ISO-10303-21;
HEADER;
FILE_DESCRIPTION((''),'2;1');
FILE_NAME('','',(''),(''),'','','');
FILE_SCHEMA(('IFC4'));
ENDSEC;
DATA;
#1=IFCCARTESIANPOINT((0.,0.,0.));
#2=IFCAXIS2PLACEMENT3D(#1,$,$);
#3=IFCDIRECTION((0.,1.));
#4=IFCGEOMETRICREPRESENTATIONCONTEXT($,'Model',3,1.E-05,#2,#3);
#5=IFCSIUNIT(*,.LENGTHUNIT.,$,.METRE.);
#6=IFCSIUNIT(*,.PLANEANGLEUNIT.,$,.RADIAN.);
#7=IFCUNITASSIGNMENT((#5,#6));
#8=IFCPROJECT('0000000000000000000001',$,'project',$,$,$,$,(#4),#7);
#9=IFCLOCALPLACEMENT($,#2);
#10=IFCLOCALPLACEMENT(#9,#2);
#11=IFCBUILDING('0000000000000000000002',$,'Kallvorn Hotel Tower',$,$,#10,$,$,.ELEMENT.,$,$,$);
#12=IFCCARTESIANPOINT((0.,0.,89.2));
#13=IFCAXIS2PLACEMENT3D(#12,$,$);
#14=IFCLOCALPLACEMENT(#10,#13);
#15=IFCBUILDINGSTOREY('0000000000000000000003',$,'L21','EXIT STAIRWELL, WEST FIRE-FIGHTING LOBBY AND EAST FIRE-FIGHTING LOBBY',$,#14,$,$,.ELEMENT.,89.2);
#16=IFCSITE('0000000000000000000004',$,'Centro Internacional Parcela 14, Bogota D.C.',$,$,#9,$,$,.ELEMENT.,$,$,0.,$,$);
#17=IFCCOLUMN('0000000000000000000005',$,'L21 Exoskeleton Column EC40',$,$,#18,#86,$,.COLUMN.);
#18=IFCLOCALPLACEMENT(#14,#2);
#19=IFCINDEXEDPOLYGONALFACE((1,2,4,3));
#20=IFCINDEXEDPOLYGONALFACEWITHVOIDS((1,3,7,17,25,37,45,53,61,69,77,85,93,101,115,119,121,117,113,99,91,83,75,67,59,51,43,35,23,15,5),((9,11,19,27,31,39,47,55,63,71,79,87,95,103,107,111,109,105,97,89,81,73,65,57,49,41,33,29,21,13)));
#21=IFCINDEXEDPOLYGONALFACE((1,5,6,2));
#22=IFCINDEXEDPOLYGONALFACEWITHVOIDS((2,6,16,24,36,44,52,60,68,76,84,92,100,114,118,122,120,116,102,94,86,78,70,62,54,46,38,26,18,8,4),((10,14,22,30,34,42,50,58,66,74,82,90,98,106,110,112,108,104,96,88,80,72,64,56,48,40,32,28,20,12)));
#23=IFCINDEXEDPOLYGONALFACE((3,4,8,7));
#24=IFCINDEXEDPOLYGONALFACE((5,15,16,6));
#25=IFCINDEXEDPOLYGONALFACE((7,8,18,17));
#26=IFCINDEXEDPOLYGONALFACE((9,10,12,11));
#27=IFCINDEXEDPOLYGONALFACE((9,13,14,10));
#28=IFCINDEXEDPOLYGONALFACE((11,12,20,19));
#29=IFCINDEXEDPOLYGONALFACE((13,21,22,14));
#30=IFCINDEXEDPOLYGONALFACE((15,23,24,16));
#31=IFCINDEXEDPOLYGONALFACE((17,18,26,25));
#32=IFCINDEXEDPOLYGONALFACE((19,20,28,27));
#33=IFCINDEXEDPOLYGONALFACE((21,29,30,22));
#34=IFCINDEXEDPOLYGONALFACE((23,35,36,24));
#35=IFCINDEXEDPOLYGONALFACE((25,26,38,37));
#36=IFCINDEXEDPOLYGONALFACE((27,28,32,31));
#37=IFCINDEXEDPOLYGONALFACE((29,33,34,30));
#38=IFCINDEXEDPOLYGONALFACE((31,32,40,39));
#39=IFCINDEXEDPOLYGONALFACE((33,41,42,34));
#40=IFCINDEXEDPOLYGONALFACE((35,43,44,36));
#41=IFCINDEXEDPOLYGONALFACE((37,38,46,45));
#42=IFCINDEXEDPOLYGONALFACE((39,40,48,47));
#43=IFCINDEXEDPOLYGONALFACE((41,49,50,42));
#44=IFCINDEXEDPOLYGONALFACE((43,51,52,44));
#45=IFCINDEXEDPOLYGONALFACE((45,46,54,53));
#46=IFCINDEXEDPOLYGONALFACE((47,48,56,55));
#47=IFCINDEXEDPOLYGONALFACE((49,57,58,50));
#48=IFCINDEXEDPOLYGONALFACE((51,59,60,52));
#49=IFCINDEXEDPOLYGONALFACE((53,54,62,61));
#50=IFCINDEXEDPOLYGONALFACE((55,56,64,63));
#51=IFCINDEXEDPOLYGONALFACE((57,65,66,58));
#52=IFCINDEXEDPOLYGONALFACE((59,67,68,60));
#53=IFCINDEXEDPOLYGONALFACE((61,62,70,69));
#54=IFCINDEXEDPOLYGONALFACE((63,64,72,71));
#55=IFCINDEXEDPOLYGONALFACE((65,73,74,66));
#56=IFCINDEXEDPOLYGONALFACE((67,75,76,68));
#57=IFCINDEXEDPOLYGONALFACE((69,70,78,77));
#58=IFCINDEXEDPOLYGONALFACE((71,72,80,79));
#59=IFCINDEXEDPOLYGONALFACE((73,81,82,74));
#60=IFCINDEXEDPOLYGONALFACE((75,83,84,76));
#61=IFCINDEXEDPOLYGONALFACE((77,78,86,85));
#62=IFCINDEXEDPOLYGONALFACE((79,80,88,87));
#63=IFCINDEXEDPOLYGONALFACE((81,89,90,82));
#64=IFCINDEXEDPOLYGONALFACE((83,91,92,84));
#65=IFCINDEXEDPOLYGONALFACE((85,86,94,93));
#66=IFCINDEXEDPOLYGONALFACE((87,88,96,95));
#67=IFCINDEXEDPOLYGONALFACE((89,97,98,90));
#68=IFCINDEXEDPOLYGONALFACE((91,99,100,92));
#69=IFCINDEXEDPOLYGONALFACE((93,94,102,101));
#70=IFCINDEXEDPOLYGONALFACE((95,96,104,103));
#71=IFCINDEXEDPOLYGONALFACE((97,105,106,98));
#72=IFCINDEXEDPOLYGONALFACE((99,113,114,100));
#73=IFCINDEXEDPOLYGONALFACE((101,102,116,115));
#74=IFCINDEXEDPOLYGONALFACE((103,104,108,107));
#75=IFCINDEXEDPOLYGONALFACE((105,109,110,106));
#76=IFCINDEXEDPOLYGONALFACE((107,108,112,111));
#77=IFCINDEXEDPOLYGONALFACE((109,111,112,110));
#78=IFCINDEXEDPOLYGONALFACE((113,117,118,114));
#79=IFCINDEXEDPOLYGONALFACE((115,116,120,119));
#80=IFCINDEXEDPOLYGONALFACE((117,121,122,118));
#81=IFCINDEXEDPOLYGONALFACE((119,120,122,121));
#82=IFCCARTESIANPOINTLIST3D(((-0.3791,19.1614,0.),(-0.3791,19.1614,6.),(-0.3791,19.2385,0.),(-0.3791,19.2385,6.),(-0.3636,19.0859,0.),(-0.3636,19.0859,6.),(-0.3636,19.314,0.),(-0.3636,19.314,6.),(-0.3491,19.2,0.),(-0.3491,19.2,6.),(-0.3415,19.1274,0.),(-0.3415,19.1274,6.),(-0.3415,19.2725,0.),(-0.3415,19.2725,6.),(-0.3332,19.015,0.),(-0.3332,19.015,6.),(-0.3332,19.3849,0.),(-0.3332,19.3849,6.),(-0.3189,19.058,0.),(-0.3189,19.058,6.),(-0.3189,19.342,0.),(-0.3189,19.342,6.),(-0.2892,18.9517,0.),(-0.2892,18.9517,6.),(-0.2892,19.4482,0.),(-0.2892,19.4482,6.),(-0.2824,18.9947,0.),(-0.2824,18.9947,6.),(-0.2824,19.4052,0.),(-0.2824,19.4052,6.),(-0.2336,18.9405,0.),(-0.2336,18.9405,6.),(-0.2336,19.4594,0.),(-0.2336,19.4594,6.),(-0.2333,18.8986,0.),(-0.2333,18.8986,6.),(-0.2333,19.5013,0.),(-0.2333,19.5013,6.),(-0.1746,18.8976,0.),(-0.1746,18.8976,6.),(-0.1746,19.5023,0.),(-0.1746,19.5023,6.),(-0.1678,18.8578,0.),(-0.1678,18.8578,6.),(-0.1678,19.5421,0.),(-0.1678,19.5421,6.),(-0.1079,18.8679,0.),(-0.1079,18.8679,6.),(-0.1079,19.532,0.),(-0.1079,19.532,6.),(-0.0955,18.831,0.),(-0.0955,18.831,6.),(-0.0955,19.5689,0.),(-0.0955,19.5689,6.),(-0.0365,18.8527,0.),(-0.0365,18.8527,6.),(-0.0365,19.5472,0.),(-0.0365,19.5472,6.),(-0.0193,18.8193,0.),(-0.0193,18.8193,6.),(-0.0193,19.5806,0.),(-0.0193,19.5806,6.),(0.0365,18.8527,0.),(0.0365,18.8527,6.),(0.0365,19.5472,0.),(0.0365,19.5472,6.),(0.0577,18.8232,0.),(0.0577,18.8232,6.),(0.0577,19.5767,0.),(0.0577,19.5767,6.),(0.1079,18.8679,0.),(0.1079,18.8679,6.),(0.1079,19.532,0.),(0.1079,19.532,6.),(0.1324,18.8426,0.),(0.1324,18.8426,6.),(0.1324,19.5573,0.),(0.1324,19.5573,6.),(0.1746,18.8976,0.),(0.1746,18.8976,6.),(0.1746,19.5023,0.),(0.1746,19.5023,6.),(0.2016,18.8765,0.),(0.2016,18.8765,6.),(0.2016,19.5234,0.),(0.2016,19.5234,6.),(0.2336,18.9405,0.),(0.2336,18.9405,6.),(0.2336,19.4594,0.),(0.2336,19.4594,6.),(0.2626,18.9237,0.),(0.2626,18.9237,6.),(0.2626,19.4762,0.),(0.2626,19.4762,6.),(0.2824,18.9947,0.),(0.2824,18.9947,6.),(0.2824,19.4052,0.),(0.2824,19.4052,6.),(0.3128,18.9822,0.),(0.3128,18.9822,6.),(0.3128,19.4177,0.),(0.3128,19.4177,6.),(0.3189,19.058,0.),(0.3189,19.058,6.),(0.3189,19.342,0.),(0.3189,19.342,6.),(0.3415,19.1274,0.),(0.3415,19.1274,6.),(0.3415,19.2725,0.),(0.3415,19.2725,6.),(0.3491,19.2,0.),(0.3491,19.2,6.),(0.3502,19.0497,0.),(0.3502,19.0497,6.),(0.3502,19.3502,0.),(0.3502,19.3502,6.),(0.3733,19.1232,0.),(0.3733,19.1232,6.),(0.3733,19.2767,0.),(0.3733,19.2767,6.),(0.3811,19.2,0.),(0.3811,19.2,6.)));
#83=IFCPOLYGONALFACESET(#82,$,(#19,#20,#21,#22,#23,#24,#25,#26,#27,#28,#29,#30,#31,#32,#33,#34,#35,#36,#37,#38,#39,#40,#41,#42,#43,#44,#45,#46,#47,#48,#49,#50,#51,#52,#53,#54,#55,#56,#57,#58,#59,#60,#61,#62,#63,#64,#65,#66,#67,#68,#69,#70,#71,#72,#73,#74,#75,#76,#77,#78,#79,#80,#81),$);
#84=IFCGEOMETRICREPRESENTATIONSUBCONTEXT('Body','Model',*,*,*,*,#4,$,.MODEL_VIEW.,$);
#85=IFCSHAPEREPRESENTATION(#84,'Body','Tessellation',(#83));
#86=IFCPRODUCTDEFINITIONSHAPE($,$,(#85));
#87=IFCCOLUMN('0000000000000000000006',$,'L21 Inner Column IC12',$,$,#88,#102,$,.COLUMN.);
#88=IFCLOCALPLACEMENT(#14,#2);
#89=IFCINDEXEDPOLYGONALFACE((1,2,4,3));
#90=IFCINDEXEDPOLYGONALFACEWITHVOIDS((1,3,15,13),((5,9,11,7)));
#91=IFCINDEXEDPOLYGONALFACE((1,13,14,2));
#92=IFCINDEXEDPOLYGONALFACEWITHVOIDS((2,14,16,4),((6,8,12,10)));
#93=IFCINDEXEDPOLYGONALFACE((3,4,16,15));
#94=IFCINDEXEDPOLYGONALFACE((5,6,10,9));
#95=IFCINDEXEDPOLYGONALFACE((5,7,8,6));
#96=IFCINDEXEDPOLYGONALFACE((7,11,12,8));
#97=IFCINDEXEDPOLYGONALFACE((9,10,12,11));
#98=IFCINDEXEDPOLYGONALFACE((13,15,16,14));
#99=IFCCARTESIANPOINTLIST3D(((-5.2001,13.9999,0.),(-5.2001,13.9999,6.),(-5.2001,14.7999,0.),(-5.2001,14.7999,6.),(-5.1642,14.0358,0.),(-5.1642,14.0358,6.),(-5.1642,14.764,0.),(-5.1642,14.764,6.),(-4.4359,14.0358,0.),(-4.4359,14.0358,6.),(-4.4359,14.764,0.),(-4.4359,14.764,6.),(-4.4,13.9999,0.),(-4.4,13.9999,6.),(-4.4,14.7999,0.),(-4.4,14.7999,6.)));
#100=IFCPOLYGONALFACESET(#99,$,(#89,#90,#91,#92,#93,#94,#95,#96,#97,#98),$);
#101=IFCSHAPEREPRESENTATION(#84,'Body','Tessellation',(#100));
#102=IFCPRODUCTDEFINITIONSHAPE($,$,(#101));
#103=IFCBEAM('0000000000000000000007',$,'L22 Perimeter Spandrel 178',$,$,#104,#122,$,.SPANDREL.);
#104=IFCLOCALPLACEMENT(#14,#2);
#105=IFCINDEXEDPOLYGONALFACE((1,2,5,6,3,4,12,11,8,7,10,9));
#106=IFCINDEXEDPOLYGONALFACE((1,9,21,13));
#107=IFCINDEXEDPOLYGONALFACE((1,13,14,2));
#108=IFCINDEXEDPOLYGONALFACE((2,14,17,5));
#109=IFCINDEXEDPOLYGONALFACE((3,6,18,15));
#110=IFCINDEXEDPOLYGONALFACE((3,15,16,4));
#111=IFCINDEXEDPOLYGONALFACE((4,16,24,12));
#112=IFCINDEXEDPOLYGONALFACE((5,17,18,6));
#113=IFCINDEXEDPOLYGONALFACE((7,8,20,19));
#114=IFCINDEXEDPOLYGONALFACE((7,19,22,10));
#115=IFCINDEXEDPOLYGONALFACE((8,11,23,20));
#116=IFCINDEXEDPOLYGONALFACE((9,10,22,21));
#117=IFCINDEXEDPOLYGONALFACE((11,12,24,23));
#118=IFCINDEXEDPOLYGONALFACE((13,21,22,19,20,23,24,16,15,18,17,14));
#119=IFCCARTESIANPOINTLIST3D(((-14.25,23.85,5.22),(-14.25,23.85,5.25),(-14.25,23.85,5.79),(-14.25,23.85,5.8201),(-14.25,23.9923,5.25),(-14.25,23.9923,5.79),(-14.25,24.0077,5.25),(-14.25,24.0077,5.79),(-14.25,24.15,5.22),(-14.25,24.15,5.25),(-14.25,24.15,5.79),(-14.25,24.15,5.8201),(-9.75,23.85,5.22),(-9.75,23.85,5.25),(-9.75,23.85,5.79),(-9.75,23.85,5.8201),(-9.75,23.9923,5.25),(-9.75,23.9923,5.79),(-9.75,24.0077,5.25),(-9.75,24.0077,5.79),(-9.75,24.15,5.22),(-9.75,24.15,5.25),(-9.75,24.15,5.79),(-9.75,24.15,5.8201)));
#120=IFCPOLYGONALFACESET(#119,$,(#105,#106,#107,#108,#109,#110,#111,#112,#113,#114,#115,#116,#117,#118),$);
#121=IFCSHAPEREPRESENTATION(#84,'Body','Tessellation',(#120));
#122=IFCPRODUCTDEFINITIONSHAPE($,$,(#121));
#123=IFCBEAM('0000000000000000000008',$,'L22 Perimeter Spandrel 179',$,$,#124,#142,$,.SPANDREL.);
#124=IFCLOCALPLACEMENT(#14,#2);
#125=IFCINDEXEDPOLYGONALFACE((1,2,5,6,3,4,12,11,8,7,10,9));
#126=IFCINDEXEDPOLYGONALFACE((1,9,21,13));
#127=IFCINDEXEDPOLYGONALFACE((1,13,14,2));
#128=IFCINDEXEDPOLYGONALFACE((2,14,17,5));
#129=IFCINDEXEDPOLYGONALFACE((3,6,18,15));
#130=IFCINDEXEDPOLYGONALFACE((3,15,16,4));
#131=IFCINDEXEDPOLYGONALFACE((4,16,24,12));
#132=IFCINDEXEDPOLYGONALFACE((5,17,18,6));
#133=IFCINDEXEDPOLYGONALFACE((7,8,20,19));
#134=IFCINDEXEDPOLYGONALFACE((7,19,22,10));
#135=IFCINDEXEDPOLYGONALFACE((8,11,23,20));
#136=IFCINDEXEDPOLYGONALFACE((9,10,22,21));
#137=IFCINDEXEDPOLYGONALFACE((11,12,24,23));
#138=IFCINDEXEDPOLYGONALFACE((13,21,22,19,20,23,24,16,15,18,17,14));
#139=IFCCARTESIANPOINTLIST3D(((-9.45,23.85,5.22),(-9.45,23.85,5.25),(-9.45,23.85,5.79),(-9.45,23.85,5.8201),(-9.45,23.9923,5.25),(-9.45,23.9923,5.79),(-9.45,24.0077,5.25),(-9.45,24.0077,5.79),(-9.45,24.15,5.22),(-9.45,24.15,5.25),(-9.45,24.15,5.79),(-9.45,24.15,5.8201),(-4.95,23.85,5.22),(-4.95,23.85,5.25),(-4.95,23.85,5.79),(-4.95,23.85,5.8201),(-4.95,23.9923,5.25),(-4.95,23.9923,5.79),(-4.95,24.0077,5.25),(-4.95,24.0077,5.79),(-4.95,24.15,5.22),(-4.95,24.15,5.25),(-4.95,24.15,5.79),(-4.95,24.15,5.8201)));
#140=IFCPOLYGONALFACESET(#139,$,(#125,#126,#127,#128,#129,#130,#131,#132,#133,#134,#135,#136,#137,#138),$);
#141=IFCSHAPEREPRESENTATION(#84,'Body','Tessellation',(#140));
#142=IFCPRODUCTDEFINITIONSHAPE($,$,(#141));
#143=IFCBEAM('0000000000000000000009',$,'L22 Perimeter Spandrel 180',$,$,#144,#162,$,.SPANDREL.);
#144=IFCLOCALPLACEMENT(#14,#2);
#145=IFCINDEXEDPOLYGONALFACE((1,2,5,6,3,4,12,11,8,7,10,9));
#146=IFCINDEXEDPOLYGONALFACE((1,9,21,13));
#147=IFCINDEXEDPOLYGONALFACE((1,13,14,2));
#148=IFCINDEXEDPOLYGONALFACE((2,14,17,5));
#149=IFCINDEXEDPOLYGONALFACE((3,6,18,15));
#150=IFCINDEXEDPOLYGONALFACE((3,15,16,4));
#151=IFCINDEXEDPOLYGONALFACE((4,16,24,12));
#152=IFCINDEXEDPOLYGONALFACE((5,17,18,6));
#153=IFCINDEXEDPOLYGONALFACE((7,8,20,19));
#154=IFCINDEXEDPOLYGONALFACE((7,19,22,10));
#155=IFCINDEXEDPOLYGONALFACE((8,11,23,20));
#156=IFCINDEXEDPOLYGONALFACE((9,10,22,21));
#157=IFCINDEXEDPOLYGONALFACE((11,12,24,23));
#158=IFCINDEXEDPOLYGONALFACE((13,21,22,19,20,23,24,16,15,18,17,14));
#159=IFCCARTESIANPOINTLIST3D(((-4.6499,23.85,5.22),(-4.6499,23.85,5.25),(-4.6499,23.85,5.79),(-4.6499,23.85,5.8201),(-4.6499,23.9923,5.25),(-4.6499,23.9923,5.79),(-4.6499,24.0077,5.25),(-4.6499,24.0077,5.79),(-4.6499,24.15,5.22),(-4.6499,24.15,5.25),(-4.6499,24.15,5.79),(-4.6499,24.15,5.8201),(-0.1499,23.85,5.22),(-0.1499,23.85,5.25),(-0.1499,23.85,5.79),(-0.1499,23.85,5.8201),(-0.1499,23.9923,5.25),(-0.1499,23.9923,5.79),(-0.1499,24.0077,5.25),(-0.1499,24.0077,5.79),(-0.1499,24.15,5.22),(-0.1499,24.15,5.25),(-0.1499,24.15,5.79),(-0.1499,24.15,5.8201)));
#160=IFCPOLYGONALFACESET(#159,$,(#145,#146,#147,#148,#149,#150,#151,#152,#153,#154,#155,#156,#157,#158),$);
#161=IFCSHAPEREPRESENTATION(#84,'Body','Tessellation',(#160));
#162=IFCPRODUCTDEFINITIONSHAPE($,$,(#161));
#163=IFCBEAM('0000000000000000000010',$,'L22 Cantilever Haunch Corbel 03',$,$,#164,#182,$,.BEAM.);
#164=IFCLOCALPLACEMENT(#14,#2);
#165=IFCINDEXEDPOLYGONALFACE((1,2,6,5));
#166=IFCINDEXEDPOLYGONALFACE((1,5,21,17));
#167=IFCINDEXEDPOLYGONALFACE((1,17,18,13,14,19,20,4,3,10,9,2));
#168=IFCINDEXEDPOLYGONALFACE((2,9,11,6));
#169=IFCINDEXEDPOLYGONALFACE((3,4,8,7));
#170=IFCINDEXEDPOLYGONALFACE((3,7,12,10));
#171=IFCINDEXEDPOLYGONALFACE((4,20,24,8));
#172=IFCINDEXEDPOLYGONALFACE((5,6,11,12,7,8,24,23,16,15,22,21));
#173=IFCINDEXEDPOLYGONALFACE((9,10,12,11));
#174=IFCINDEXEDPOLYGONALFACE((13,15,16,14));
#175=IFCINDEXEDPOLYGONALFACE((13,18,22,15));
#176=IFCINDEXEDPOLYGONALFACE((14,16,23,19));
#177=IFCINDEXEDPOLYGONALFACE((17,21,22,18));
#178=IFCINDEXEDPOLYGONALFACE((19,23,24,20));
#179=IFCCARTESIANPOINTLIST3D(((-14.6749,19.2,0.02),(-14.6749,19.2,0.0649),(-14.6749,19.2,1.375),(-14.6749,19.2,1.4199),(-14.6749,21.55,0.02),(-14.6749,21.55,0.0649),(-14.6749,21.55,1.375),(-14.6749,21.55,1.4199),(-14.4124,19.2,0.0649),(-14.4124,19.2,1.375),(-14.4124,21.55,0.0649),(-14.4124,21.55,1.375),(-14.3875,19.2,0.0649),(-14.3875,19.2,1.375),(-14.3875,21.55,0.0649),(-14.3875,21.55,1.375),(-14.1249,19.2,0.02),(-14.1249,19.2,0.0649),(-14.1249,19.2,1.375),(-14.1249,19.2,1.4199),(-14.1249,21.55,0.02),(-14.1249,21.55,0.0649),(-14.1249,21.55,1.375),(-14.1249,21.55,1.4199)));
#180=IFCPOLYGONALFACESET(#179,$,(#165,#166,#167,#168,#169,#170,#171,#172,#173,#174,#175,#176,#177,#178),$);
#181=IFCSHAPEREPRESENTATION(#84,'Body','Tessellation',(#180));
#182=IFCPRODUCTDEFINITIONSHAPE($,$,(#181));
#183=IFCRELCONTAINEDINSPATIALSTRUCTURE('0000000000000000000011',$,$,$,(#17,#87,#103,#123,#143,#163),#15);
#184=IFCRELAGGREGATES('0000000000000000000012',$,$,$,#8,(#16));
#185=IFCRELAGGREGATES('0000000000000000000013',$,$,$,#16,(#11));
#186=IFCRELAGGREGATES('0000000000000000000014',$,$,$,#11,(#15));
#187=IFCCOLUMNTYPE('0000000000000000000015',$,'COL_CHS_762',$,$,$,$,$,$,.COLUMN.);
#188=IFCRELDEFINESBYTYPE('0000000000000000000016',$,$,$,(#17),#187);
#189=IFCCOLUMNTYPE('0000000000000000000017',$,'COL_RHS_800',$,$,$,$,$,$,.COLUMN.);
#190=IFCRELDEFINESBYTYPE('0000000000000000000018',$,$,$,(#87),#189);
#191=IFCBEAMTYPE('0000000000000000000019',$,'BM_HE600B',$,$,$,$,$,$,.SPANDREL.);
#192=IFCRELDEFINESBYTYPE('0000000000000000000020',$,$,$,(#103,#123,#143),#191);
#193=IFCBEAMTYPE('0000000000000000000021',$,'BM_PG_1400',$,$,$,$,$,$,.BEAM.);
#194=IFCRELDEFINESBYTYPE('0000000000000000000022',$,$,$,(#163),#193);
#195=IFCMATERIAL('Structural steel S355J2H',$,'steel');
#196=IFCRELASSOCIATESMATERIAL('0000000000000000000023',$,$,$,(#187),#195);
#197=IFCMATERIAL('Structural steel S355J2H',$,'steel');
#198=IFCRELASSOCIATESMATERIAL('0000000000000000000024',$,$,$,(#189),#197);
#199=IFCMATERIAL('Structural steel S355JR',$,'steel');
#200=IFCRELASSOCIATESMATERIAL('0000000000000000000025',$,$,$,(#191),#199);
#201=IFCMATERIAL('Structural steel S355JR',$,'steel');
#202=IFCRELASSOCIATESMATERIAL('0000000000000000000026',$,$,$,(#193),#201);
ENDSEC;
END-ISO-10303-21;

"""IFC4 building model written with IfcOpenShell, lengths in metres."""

from ifc_helpers import new_model, si_unit, direction, frame, origin, origin_2d, place, context, subcontext, project, spatial, hollow_rectangle, hollow_circle, i_section, extrude, material, material_profile, profile_set, type_object, element, save


model = new_model("IFC4")

# Units and contexts
model_context = context("Model", 3, precision=1e-05, world=origin(), true_north=direction((0.0, 1.0)))
body_context = subcontext(model_context, "Body", "Model", "MODEL_VIEW")
ifc_project = project(units=[si_unit("LENGTHUNIT", "METRE"), si_unit("PLANEANGLEUNIT", "RADIAN")], contexts=[model_context])

# Site, building, storey
site_placement = place(None, origin())
site = spatial("IfcSite", under=ifc_project, at=site_placement, Name="Centro Internacional Parcela 14, Bogota D.C.", CompositionType="ELEMENT", RefElevation=0.0)
building_placement = place(site_placement, origin())
building = spatial("IfcBuilding", under=site, at=building_placement, Name="Kallvorn Hotel Tower", CompositionType="ELEMENT")
storey_placement = place(building_placement, frame((0.0, 0.0, 89.2)))
storey = spatial("IfcBuildingStorey", under=building, at=storey_placement, Name="L21", Description="EXIT STAIRWELL, WEST FIRE-FIGHTING LOBBY AND EAST FIRE-FIGHTING LOBBY", CompositionType="ELEMENT", Elevation=89.2)

# Columns
ifc_material_1 = material(Name="Structural steel S355J2H", Category="steel")
ifc_material_profile_1 = material_profile(ifc_material_1, hollow_circle(Radius=0.3811, WallThickness=0.032, at=origin_2d()), Name="CHS 762x32")
ifc_profile_set_1 = profile_set([ifc_material_profile_1], Name="Structural steel S355J2H")
column_type_1 = type_object("IfcColumnType", Name="COL_CHS_762", PredefinedType="COLUMN", material=ifc_profile_set_1)
for number, where, z_axis, x_axis, name in (
    (1, (0.0, 19.2, 0.0), (0.0, 0.0, 1.0), (1.0, 0.0, 0.0), "L21 Exoskeleton Column EC40"),
):
    element("IfcColumn", number, at=place(storey_placement, frame(where, z_axis=z_axis, x_axis=x_axis)), inside=storey, type_object=column_type_1, Name=name, PredefinedType="COLUMN", context=body_context, shape_type="SweptSolid", body=[
        extrude(hollow_circle(Radius=0.3811, WallThickness=0.032, at=origin_2d()), origin(), (0.0, 0.0, 1.0), 6.0),
    ])
ifc_material_2 = material(Name="Structural steel S355J2H", Category="steel")
ifc_material_profile_2 = material_profile(ifc_material_2, hollow_rectangle(XDim=0.8, YDim=0.8, WallThickness=0.0359, at=origin_2d()), Name="RHS 800x800x36")
ifc_profile_set_2 = profile_set([ifc_material_profile_2], Name="Structural steel S355J2H")
column_type_2 = type_object("IfcColumnType", Name="COL_RHS_800", PredefinedType="COLUMN", material=ifc_profile_set_2)
column_placement = place(storey_placement, frame((-4.8, 14.3999, 0.0), z_axis=(0.0, 0.0, 1.0), x_axis=(1.0, 0.0, 0.0)))
element("IfcColumn", 2, at=column_placement, inside=storey, type_object=column_type_2, Name="L21 Inner Column IC12", PredefinedType="COLUMN", context=body_context, shape_type="SweptSolid", body=[
    extrude(hollow_rectangle(XDim=0.8, YDim=0.8, WallThickness=0.0359, at=origin_2d()), origin(), (0.0, 0.0, 1.0), 6.0),
])

# Beams
ifc_material_3 = material(Name="Structural steel S355JR", Category="steel")
ifc_material_profile_3 = material_profile(ifc_material_3, i_section(OverallWidth=0.3, OverallDepth=0.6001, WebThickness=0.0154, FlangeThickness=0.03, at=origin_2d()), Name="HE 600 B")
ifc_profile_set_3 = profile_set([ifc_material_profile_3], Name="Structural steel S355JR")
beam_type_1 = type_object("IfcBeamType", Name="BM_HE600B", PredefinedType="SPANDREL", material=ifc_profile_set_3)
for number, where, z_axis, x_axis, name in (
    (3, (-14.25, 24.0, 5.52), (1.0, 0.0, 0.0), (0.0, 1.0, 0.0), "L22 Perimeter Spandrel 178"),
    (4, (-9.45, 24.0, 5.52), (1.0, 0.0, 0.0), (0.0, 1.0, 0.0), "L22 Perimeter Spandrel 179"),
    (5, (-4.6499, 24.0, 5.52), (1.0, 0.0, 0.0), (0.0, 1.0, 0.0), "L22 Perimeter Spandrel 180"),
):
    element("IfcBeam", number, at=place(storey_placement, frame(where, z_axis=z_axis, x_axis=x_axis)), inside=storey, type_object=beam_type_1, Name=name, PredefinedType="SPANDREL", context=body_context, shape_type="SweptSolid", body=[
        extrude(i_section(OverallWidth=0.3, OverallDepth=0.6001, WebThickness=0.0154, FlangeThickness=0.03, at=origin_2d()), origin(), (0.0, 0.0, 1.0), 4.5),
    ])
ifc_material_4 = material(Name="Structural steel S355JR", Category="steel")
ifc_material_profile_4 = material_profile(ifc_material_4, i_section(OverallWidth=0.55, OverallDepth=1.3999, WebThickness=0.0249, FlangeThickness=0.0449, at=origin_2d()), Name="PG 1400x550x25x45")
ifc_profile_set_4 = profile_set([ifc_material_profile_4], Name="Structural steel S355JR")
beam_type_2 = type_object("IfcBeamType", Name="BM_PG_1400", PredefinedType="BEAM", material=ifc_profile_set_4)
for number, where, z_axis, x_axis, name in (
    (6, (-14.3999, 19.2, 0.72), (0.0, 1.0, 0.0), (-1.0, 0.0, 0.0), "L22 Cantilever Haunch Corbel 03"),
):
    element("IfcBeam", number, at=place(storey_placement, frame(where, z_axis=z_axis, x_axis=x_axis)), inside=storey, type_object=beam_type_2, Name=name, PredefinedType="BEAM", context=body_context, shape_type="SweptSolid", body=[
        extrude(i_section(OverallWidth=0.55, OverallDepth=1.3999, WebThickness=0.0249, FlangeThickness=0.0449, at=origin_2d()), origin(), (0.0, 0.0, 1.0), 2.3501),
    ])

save(model, "model.ifc")
